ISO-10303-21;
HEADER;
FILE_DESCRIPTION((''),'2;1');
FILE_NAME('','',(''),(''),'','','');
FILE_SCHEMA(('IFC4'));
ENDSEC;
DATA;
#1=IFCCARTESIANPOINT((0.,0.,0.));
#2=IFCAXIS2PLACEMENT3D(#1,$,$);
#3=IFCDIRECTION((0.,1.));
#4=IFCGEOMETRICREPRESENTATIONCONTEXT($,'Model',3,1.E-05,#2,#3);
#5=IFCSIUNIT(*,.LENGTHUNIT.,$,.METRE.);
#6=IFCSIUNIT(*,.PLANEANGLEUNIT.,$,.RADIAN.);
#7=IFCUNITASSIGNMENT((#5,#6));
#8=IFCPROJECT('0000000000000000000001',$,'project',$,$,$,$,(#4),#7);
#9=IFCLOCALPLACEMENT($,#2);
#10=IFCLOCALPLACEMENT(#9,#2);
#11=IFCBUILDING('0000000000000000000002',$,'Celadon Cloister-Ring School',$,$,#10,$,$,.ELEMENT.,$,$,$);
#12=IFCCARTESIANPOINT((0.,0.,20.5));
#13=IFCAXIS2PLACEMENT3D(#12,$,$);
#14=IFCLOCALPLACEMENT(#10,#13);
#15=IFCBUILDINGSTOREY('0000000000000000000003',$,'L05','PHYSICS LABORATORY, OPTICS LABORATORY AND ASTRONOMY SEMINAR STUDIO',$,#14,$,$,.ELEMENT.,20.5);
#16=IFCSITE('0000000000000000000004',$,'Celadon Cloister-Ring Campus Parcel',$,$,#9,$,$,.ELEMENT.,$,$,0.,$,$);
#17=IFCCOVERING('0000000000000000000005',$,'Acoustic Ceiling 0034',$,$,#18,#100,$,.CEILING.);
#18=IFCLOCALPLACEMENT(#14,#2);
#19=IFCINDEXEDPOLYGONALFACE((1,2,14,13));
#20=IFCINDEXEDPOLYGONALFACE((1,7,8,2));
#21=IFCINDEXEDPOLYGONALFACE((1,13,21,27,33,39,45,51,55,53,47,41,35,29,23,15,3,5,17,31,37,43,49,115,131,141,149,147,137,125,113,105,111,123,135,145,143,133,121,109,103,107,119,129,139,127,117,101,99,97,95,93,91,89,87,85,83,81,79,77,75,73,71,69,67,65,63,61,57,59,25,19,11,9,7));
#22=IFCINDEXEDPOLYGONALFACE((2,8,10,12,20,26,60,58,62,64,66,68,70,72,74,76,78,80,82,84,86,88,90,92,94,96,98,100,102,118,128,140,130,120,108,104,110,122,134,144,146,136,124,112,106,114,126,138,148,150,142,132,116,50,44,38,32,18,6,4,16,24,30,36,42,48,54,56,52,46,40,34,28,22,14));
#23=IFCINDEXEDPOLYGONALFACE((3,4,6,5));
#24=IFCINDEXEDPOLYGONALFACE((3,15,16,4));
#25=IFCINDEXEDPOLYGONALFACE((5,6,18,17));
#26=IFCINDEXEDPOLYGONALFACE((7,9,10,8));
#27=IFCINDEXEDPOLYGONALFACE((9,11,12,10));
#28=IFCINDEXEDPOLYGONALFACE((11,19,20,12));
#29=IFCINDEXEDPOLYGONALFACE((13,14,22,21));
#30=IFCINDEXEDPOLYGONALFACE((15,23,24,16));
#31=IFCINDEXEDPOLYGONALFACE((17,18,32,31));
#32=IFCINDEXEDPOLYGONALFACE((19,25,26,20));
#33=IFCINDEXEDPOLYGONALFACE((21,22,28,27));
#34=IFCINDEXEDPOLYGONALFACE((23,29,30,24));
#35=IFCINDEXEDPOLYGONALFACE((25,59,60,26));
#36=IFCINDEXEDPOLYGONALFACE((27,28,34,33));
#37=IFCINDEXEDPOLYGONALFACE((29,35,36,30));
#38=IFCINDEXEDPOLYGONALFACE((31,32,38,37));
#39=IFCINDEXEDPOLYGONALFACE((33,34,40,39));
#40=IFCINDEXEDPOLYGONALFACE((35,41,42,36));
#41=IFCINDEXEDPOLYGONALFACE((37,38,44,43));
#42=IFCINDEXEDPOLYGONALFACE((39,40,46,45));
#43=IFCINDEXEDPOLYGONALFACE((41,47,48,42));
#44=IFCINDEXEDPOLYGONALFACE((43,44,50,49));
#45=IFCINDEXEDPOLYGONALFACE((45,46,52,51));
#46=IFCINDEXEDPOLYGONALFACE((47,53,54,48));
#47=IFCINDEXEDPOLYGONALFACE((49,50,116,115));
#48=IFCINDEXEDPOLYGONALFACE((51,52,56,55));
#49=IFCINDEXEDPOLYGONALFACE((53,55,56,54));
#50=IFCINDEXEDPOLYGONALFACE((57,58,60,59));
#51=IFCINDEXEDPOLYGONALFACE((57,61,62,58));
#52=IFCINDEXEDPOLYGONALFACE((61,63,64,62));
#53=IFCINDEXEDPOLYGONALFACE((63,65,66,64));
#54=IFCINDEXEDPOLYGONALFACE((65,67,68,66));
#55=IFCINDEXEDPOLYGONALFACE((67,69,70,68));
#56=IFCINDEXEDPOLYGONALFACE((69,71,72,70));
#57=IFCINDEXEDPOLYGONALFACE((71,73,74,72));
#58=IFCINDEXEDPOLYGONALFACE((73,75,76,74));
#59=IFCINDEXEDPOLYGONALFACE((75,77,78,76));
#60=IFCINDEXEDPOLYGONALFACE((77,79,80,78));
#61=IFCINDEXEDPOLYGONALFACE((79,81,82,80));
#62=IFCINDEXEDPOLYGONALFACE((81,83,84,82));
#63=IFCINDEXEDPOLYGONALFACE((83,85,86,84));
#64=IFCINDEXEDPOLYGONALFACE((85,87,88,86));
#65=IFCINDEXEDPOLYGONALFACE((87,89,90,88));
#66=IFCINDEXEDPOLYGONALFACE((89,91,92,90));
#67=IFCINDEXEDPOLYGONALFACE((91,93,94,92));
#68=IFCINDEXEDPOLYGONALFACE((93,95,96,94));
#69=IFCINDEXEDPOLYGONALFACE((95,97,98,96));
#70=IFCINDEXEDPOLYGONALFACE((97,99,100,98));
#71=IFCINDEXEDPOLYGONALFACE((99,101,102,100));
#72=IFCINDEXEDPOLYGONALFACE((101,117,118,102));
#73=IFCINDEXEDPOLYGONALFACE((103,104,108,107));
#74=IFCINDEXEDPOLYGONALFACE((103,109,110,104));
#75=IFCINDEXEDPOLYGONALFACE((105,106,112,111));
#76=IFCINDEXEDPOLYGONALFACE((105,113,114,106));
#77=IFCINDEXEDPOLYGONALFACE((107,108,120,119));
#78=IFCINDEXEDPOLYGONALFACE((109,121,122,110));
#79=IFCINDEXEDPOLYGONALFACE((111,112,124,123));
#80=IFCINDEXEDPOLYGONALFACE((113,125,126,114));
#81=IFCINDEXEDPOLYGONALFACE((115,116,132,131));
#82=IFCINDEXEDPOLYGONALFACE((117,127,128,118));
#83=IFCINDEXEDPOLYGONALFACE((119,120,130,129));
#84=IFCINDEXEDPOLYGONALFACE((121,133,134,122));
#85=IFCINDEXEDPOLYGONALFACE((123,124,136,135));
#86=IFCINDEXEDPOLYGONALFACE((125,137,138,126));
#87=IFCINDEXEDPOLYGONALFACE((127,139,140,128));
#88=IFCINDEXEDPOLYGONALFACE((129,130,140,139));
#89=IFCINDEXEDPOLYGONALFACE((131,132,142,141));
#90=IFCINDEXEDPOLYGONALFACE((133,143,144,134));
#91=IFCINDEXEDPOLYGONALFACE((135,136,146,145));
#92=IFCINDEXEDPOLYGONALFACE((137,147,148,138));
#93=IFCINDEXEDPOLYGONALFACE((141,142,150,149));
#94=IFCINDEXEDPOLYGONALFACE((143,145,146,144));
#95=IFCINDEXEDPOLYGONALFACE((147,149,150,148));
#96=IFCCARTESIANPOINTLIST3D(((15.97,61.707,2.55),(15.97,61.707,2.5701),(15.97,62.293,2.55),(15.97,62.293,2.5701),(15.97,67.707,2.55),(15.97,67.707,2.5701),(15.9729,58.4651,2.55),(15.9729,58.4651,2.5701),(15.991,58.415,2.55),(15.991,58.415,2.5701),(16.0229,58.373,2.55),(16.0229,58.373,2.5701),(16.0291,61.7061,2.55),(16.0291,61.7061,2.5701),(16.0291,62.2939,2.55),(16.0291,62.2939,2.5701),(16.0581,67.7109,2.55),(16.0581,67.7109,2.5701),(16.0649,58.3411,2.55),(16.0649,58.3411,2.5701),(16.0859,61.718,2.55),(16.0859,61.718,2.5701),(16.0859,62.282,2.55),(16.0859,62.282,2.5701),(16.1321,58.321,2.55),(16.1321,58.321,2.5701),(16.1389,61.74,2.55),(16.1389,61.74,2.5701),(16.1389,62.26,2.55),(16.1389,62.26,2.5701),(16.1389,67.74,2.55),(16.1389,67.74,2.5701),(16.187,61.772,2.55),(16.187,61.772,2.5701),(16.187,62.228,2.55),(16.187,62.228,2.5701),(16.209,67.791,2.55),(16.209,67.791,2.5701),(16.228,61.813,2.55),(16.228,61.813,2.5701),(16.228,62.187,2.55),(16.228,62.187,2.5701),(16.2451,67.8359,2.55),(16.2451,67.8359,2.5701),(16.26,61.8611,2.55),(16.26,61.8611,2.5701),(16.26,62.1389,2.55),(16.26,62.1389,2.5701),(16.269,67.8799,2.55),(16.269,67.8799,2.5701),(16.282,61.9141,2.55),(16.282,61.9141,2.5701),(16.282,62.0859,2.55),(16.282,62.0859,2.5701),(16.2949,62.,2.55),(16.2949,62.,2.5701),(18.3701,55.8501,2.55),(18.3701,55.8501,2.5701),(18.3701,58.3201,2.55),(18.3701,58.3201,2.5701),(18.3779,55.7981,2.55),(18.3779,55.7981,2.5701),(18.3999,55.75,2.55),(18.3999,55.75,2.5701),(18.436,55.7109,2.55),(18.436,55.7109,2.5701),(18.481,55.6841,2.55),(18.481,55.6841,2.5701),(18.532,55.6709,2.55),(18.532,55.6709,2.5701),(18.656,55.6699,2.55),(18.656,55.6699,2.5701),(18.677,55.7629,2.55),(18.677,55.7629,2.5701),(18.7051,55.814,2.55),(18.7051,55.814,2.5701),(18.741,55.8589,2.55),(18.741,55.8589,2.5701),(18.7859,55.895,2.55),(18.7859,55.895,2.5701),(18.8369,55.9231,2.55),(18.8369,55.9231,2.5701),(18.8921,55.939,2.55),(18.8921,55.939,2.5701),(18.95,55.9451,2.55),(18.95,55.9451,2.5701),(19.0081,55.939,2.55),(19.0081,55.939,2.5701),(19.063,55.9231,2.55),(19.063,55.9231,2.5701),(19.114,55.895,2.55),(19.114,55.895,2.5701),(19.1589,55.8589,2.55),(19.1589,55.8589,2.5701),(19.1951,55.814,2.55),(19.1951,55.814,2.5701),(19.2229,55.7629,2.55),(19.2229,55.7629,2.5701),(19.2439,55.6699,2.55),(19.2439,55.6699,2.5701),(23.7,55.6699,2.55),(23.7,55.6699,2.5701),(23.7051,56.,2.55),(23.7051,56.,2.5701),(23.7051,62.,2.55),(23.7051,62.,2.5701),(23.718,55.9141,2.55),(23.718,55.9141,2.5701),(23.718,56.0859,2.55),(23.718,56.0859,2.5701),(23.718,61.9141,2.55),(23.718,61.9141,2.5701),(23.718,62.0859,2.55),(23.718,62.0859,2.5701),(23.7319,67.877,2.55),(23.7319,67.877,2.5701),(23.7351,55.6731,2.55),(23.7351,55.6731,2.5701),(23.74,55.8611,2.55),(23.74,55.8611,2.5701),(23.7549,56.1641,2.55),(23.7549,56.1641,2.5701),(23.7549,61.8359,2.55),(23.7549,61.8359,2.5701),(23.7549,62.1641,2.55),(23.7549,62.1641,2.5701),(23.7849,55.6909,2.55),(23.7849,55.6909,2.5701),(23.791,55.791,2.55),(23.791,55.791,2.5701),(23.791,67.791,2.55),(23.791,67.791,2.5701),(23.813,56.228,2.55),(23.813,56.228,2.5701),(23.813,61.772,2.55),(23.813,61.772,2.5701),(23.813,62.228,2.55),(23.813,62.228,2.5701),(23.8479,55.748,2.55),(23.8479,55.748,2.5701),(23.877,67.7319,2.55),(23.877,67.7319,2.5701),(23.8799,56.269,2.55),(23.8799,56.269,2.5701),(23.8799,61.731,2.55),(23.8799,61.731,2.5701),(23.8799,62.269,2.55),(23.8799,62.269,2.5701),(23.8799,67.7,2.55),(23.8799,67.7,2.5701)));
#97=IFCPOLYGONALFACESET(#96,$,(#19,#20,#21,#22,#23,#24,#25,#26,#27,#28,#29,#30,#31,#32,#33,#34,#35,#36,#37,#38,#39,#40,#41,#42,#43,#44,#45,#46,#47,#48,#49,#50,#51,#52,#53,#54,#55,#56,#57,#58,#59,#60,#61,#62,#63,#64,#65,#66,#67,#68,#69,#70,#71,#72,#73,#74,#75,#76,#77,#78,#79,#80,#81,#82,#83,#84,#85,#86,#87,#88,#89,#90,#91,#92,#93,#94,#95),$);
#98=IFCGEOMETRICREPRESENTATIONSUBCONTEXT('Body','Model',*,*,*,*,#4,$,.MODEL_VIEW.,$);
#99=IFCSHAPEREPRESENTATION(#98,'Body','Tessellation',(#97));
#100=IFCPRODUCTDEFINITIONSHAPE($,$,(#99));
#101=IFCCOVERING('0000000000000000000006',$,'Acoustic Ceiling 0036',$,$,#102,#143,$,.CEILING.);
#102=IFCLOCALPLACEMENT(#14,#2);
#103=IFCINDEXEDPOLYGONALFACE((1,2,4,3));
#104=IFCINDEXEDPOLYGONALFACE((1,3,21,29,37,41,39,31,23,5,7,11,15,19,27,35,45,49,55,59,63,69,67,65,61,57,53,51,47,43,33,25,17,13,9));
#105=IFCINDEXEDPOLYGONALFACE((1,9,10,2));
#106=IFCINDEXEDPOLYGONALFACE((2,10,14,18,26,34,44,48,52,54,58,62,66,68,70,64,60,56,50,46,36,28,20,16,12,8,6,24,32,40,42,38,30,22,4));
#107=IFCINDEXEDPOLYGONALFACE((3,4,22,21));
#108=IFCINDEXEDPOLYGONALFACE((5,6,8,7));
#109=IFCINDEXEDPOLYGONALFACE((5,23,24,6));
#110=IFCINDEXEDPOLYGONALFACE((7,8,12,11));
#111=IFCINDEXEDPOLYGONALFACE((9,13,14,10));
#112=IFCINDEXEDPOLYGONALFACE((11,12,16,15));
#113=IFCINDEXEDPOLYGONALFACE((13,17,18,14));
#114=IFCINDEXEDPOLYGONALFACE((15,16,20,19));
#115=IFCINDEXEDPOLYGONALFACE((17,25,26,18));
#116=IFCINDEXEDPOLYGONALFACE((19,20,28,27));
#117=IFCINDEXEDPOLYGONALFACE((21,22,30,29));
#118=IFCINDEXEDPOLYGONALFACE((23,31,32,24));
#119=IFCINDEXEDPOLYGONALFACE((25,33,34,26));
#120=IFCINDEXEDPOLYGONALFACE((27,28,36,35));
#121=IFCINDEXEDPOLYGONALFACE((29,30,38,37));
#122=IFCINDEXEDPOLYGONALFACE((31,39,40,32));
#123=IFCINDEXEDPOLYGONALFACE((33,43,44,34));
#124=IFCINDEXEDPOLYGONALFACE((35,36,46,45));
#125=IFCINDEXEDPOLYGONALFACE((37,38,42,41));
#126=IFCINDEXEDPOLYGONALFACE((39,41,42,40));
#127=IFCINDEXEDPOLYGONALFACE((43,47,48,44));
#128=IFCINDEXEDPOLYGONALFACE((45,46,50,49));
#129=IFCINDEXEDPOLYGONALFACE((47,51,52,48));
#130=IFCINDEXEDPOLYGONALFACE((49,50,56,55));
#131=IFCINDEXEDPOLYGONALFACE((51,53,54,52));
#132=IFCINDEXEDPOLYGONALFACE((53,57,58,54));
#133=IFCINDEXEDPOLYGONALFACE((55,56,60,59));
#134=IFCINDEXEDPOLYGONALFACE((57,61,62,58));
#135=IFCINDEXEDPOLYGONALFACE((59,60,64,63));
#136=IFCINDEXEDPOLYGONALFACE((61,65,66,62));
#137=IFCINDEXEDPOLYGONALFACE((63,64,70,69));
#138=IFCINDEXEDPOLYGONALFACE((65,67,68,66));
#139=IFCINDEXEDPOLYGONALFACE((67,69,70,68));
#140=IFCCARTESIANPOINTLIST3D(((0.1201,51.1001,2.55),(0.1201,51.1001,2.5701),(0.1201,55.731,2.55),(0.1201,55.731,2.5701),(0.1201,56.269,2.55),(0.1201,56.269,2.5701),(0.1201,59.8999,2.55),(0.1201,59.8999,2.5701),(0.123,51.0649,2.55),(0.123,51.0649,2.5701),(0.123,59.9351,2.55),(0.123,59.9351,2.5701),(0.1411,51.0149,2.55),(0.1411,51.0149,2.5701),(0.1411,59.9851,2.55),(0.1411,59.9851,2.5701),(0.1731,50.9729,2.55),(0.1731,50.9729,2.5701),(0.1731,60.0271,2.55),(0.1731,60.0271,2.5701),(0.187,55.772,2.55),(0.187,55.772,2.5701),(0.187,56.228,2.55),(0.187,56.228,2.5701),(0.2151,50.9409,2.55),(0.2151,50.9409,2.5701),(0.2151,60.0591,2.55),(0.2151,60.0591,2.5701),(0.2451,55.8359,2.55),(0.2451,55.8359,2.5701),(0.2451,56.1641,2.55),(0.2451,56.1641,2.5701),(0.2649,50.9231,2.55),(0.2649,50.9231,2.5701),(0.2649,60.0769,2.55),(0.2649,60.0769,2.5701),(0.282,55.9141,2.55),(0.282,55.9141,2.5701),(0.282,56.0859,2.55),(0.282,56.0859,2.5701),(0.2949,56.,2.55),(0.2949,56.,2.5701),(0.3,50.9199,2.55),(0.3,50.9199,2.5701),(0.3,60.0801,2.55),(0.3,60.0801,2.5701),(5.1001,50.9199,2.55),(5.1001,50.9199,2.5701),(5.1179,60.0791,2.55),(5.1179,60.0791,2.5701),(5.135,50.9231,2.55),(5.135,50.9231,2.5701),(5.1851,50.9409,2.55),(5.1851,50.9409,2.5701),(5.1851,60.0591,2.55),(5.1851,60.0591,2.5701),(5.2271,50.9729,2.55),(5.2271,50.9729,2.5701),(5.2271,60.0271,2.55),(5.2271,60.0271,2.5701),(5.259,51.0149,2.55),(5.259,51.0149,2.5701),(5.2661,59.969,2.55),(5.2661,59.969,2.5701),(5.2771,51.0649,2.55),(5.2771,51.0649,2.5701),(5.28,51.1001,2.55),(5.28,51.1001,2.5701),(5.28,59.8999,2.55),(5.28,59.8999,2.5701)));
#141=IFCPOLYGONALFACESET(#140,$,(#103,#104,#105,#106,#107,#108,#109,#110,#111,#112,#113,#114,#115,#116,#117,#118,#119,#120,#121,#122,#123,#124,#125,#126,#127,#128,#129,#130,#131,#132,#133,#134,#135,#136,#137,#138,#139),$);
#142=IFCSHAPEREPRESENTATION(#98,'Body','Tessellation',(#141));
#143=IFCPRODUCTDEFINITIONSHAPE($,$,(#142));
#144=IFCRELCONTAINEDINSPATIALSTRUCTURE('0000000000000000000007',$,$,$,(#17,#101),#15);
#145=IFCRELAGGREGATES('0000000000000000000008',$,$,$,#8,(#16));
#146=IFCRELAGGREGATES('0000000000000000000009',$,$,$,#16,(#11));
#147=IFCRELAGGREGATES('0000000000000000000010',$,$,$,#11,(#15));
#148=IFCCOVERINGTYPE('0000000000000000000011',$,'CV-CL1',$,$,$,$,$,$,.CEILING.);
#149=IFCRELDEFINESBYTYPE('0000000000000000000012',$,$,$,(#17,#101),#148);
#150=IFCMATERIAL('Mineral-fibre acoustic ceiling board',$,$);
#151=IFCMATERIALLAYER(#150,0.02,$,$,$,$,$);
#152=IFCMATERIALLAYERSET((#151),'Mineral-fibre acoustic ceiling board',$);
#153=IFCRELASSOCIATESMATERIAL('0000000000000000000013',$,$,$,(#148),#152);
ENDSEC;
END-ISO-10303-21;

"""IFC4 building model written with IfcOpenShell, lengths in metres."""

from ifc_helpers import new_model, si_unit, direction, frame, origin, place, context, subcontext, project, spatial, polyline, outline, extrude, material, layer, layer_set, type_object, element, save


model = new_model("IFC4")

# Units and contexts
model_context = context("Model", 3, precision=1e-05, world=origin(), true_north=direction((0.0, 1.0)))
body_context = subcontext(model_context, "Body", "Model", "MODEL_VIEW")
ifc_project = project(units=[si_unit("LENGTHUNIT", "METRE"), si_unit("PLANEANGLEUNIT", "RADIAN")], contexts=[model_context])

# Site, building, storey
site_placement = place(None, origin())
site = spatial("IfcSite", under=ifc_project, at=site_placement, Name="Celadon Cloister-Ring Campus Parcel", CompositionType="ELEMENT", RefElevation=0.0)
building_placement = place(site_placement, origin())
building = spatial("IfcBuilding", under=site, at=building_placement, Name="Celadon Cloister-Ring School", CompositionType="ELEMENT")
storey_placement = place(building_placement, frame((0.0, 0.0, 20.5)))
storey = spatial("IfcBuildingStorey", under=building, at=storey_placement, Name="L05", Description="PHYSICS LABORATORY, OPTICS LABORATORY AND ASTRONOMY SEMINAR STUDIO", CompositionType="ELEMENT", Elevation=20.5)

# Coverings
ifc_material_1 = material(Name="Mineral-fibre acoustic ceiling board")
ifc_layer_1 = layer(ifc_material_1, 0.02)
ifc_layer_set_1 = layer_set([ifc_layer_1], Name="Mineral-fibre acoustic ceiling board")
covering_type_1 = type_object("IfcCoveringType", Name="CV-CL1", PredefinedType="CEILING", material=ifc_layer_set_1)
covering_1_placement = place(storey_placement, frame((0.0, 0.0, 2.55)))
element("IfcCovering", 1, at=covering_1_placement, inside=storey, type_object=covering_type_1, Name="Acoustic Ceiling 0034", PredefinedType="CEILING", context=body_context, shape_type="SweptSolid", body=[
    extrude(outline(polyline([(16.269, 67.8799), (23.7319, 67.877), (23.791, 67.791), (23.877, 67.7319), (23.8799, 67.7), (23.8799, 62.269), (23.813, 62.228), (23.7549, 62.1641), (23.718, 62.0859), (23.7051, 62.0), (23.718, 61.9141), (23.7549, 61.8359), (23.813, 61.772), (23.8799, 61.731), (23.8799, 56.269), (23.813, 56.228), (23.7549, 56.1641), (23.718, 56.0859), (23.7051, 56.0), (23.718, 55.9141), (23.74, 55.8611), (23.791, 55.791), (23.8479, 55.748), (23.7849, 55.6909), (23.7351, 55.6731), (23.7, 55.6699), (19.2439, 55.6699), (19.2229, 55.7629), (19.1951, 55.814), (19.1589, 55.8589), (19.114, 55.895), (19.063, 55.9231), (19.0081, 55.939), (18.95, 55.9451), (18.8921, 55.939), (18.8369, 55.9231), (18.7859, 55.895), (18.741, 55.8589), (18.7051, 55.814), (18.677, 55.7629), (18.656, 55.6699), (18.532, 55.6709), (18.481, 55.6841), (18.436, 55.7109), (18.3999, 55.75), (18.3779, 55.7981), (18.3701, 55.8501), (18.3701, 58.3201), (16.1321, 58.321), (16.0649, 58.3411), (16.0229, 58.373), (15.991, 58.415), (15.9729, 58.4651), (15.97, 61.707), (16.0291, 61.7061), (16.0859, 61.718), (16.1389, 61.74), (16.187, 61.772), (16.228, 61.813), (16.26, 61.8611), (16.282, 61.9141), (16.2949, 62.0), (16.282, 62.0859), (16.26, 62.1389), (16.228, 62.187), (16.187, 62.228), (16.1389, 62.26), (16.0859, 62.282), (16.0291, 62.2939), (15.97, 62.293), (15.97, 67.707), (16.0581, 67.7109), (16.1389, 67.74), (16.209, 67.791), (16.2451, 67.8359), (16.269, 67.8799)])), origin(), (0.0, 0.0, 1.0), 0.02),
])
covering_2_placement = place(storey_placement, frame((0.0, 0.0, 2.55)))
element("IfcCovering", 2, at=covering_2_placement, inside=storey, type_object=covering_type_1, Name="Acoustic Ceiling 0036", PredefinedType="CEILING", context=body_context, shape_type="SweptSolid", body=[
    extrude(outline(polyline([(5.1179, 60.0791), (5.1851, 60.0591), (5.2271, 60.0271), (5.2661, 59.969), (5.28, 59.8999), (5.28, 51.1001), (5.2771, 51.0649), (5.259, 51.0149), (5.2271, 50.9729), (5.1851, 50.9409), (5.135, 50.9231), (5.1001, 50.9199), (0.3, 50.9199), (0.2649, 50.9231), (0.2151, 50.9409), (0.1731, 50.9729), (0.1411, 51.0149), (0.123, 51.0649), (0.1201, 51.1001), (0.1201, 55.731), (0.187, 55.772), (0.2451, 55.8359), (0.282, 55.9141), (0.2949, 56.0), (0.282, 56.0859), (0.2451, 56.1641), (0.187, 56.228), (0.1201, 56.269), (0.1201, 59.8999), (0.123, 59.9351), (0.1411, 59.9851), (0.1731, 60.0271), (0.2151, 60.0591), (0.2649, 60.0769), (0.3, 60.0801), (5.1179, 60.0791)])), origin(), (0.0, 0.0, 1.0), 0.02),
])

save(model, "model.ifc")
